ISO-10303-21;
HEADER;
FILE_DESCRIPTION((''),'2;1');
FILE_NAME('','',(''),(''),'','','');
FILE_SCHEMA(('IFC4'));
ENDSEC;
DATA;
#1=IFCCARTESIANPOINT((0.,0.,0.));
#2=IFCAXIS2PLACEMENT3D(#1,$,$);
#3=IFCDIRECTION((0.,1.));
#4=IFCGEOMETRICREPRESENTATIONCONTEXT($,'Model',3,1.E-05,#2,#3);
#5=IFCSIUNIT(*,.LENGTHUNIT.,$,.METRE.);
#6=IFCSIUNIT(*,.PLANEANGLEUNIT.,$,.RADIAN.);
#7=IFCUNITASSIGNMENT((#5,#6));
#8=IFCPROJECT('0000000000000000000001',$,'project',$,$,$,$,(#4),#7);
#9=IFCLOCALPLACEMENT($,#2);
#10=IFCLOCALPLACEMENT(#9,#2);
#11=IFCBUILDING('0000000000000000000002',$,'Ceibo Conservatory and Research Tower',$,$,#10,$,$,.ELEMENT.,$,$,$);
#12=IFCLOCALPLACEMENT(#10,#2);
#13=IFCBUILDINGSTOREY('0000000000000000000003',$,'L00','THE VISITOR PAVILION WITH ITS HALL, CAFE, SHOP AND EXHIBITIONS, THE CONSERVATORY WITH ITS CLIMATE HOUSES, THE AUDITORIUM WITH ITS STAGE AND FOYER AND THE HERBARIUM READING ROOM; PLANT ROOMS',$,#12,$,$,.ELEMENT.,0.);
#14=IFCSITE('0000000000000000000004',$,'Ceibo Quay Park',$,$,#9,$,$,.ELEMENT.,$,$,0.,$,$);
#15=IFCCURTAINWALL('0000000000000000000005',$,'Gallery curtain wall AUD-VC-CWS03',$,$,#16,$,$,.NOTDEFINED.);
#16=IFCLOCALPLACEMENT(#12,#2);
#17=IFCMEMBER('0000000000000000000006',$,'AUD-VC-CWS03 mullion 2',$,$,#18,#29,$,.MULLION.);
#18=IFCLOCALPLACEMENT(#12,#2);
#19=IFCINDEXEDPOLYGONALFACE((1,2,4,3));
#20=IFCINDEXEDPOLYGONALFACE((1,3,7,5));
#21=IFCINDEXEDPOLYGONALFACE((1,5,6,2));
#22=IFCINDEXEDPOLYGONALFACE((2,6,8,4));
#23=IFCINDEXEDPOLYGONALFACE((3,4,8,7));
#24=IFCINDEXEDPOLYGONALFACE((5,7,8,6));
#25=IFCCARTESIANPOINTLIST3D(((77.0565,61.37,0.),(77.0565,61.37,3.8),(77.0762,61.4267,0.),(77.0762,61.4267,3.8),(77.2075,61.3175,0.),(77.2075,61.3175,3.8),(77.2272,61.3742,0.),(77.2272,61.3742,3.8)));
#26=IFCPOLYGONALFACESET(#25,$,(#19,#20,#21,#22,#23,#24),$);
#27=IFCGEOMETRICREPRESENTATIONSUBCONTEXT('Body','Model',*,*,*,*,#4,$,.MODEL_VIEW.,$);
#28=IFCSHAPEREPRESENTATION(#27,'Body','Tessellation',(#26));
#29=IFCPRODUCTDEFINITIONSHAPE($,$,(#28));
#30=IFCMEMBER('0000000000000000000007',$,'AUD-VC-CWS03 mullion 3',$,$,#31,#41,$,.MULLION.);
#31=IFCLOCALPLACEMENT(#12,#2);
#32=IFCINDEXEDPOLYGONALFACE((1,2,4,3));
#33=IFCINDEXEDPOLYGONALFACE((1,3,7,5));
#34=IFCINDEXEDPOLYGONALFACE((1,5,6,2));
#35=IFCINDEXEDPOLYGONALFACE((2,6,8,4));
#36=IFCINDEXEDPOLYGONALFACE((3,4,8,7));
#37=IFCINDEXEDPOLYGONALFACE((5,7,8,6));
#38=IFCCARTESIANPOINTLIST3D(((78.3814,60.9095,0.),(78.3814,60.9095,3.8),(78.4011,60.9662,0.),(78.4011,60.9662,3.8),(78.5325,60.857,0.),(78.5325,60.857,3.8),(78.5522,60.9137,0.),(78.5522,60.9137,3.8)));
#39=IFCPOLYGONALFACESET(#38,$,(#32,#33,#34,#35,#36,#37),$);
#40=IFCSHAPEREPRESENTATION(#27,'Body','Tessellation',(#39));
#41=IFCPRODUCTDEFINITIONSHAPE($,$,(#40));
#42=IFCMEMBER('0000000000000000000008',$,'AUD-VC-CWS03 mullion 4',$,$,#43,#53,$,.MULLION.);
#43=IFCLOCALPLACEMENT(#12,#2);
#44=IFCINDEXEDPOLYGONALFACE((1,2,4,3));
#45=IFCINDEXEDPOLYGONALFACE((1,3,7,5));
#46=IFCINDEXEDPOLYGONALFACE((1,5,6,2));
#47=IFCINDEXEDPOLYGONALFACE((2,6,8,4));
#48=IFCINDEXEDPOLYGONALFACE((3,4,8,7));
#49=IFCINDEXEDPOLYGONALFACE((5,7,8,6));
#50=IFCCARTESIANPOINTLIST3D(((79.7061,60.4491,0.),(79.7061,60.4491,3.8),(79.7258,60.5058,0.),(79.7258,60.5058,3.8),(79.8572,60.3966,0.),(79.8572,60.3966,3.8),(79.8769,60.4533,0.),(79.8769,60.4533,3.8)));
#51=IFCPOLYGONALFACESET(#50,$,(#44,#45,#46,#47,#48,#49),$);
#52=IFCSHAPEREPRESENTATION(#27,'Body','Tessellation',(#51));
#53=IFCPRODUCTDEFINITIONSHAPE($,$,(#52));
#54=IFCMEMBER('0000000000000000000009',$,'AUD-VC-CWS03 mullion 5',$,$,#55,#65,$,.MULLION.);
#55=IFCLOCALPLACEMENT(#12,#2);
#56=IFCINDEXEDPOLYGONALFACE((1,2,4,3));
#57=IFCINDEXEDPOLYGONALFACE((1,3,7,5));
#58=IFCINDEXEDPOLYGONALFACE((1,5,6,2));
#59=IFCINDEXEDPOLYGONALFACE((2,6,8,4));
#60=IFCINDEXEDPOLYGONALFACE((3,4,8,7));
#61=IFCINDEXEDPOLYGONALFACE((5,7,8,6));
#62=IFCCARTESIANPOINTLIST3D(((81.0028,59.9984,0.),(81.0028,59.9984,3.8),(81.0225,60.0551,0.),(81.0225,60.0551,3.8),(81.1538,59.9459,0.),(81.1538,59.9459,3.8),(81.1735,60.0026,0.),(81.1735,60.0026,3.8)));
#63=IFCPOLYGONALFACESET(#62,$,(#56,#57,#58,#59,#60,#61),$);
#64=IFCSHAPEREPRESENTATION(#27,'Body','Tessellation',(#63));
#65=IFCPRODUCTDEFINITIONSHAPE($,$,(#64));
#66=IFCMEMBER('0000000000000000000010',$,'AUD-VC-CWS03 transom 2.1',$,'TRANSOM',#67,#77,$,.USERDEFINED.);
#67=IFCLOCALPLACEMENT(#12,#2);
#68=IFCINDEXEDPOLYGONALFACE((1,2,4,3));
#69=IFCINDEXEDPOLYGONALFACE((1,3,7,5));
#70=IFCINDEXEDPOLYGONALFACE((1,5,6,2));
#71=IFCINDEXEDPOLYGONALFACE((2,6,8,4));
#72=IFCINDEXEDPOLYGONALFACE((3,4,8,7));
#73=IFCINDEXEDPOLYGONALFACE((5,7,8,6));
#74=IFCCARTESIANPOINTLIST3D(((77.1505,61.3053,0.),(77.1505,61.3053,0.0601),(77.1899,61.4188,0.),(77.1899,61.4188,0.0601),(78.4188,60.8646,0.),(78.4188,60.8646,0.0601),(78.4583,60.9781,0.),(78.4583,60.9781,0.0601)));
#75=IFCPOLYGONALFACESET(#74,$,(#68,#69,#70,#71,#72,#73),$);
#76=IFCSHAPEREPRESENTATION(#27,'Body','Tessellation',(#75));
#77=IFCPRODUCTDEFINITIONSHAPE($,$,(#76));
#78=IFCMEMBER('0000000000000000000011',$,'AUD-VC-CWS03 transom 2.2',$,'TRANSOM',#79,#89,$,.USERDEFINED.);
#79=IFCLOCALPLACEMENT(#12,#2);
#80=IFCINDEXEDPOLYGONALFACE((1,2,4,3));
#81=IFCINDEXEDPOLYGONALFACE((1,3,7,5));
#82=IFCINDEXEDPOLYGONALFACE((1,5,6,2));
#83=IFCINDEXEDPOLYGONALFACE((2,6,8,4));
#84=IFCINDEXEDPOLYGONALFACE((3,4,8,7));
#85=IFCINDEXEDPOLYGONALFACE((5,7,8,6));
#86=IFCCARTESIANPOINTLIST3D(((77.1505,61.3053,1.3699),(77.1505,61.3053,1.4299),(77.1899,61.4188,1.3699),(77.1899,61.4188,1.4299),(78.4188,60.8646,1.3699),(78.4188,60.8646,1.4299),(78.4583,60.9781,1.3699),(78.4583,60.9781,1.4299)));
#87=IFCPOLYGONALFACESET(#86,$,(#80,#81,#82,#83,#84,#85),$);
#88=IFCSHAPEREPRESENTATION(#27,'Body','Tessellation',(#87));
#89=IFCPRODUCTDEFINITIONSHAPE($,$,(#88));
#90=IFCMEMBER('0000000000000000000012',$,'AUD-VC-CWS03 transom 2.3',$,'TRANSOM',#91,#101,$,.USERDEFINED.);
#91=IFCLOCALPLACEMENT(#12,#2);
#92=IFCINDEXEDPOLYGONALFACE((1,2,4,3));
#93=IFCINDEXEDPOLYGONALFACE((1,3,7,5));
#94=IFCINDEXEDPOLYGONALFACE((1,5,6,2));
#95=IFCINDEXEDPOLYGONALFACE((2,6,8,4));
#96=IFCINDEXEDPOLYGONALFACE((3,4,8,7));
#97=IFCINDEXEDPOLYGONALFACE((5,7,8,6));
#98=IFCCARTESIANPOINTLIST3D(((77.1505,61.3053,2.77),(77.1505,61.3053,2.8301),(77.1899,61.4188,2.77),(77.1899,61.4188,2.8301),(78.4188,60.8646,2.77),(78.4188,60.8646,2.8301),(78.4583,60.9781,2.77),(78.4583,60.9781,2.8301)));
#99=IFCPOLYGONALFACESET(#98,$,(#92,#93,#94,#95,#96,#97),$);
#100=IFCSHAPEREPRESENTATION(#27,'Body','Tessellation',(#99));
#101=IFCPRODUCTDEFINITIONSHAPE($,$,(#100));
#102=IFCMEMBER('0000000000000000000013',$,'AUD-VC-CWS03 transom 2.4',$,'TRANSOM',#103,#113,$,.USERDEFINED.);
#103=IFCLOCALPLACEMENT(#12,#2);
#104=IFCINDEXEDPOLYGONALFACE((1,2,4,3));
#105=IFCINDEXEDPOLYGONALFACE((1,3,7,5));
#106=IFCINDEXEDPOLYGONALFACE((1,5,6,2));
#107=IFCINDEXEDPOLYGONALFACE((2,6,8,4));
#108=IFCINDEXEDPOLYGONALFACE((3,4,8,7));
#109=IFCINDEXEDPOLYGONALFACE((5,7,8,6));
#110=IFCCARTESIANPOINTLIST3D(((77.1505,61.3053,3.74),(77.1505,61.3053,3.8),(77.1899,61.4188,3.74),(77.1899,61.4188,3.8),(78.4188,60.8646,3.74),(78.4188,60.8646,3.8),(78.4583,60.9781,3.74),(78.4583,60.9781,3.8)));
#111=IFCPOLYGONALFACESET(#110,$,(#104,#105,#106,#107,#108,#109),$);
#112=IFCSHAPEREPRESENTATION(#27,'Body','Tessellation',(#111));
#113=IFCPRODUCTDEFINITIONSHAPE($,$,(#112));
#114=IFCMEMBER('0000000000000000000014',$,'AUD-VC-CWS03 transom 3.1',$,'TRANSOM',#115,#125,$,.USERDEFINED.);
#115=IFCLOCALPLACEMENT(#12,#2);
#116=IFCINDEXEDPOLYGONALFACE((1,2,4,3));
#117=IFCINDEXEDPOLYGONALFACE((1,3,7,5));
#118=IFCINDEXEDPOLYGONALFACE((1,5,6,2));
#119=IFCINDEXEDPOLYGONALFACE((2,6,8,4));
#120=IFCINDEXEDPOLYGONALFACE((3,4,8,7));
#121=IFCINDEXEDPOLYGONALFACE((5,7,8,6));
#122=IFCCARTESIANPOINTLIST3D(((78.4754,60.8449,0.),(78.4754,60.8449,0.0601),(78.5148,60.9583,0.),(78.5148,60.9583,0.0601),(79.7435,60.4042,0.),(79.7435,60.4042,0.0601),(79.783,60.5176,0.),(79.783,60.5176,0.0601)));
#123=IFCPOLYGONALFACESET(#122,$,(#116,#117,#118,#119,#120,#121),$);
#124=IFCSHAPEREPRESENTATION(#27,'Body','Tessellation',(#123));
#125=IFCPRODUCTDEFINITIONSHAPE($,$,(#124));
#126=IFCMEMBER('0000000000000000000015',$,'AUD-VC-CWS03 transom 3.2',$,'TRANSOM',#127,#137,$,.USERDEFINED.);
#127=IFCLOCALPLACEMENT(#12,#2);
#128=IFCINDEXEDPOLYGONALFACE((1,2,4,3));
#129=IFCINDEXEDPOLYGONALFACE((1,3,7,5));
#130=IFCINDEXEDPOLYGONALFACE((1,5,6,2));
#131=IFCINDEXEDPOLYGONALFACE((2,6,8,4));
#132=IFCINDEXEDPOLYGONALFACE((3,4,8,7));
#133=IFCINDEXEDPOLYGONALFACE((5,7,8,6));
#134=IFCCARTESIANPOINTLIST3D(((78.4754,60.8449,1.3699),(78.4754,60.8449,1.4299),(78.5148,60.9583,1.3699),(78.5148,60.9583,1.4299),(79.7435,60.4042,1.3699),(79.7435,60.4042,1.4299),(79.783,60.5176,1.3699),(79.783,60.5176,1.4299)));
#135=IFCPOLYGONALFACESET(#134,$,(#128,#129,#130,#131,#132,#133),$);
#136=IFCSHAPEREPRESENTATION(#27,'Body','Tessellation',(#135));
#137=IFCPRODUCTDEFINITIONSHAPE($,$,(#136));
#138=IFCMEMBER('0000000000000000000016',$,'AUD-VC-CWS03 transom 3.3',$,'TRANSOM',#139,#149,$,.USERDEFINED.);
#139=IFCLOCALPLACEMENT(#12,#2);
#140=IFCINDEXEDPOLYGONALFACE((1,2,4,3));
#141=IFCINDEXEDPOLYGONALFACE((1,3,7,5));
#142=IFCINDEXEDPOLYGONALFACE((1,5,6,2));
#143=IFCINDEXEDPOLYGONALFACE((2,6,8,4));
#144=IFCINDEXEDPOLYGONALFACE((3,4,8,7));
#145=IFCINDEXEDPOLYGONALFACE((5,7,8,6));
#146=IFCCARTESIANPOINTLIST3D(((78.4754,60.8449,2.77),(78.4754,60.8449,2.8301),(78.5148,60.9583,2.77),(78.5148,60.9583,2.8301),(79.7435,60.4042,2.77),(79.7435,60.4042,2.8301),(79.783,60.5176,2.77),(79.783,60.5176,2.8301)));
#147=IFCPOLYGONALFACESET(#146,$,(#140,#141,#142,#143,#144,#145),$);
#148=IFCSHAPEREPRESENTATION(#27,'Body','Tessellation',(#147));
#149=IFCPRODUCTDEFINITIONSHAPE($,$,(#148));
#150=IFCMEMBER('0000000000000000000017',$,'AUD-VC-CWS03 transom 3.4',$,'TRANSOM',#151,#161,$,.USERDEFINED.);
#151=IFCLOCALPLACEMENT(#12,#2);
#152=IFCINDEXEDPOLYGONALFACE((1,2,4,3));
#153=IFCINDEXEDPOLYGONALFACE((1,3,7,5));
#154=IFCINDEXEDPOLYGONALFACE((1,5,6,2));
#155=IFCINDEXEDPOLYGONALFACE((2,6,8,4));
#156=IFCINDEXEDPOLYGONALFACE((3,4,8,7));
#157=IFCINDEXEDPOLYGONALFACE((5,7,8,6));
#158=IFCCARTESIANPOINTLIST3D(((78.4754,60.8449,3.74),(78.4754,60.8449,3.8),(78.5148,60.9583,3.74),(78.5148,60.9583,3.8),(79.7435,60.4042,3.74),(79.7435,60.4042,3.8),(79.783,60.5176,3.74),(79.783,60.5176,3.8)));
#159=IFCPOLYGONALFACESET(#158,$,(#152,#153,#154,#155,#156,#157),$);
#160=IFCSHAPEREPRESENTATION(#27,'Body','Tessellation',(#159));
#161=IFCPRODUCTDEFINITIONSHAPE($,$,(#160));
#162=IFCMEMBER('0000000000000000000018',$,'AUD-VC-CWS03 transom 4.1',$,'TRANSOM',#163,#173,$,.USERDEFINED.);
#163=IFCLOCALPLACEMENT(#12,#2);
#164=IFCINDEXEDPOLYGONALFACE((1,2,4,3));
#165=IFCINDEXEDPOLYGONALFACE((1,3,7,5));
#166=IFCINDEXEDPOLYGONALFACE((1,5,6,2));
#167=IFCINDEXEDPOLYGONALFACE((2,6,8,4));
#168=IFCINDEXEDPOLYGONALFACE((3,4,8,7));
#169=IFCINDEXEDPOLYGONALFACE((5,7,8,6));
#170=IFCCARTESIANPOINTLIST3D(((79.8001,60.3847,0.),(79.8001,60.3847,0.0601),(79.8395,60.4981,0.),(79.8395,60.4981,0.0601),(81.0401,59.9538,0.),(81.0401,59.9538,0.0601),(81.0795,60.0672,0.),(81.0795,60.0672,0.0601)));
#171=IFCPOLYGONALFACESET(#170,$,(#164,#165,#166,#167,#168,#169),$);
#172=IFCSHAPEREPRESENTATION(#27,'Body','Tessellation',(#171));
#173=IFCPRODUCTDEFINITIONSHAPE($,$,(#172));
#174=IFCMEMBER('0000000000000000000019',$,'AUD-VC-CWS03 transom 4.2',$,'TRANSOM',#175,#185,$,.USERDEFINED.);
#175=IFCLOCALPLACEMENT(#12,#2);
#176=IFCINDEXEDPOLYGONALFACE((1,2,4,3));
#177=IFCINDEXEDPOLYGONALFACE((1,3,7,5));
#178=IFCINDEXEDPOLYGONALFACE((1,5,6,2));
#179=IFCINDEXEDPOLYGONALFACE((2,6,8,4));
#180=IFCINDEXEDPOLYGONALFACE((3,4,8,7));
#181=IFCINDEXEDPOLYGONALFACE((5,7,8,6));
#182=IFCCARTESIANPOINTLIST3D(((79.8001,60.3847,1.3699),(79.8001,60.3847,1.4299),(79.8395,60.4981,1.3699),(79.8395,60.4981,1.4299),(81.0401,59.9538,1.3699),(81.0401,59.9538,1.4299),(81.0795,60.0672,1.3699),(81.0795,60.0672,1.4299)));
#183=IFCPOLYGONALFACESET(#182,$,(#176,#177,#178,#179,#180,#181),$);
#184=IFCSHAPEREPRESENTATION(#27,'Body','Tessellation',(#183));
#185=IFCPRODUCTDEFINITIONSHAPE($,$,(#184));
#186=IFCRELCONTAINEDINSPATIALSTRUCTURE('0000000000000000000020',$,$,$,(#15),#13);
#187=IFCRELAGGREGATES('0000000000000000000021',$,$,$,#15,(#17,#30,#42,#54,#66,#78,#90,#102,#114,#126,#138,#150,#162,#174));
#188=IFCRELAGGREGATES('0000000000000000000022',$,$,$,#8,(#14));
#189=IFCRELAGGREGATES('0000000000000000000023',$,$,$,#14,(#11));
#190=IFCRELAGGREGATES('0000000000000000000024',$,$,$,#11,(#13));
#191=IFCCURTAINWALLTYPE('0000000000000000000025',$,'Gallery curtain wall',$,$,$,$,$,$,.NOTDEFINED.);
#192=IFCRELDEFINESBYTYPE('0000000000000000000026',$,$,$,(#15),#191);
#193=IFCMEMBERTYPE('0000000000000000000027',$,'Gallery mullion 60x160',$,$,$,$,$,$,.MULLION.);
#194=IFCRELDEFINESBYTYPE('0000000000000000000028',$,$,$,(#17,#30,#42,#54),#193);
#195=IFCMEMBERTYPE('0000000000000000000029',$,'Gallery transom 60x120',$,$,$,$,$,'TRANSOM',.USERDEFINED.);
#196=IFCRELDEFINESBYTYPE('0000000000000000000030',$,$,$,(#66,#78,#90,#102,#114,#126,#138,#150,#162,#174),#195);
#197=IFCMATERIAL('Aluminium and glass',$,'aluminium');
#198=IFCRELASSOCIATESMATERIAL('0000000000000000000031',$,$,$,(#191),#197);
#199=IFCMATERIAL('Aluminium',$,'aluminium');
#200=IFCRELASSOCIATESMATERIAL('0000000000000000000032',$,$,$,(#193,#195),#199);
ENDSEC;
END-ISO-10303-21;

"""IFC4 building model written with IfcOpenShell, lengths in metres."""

from ifc_helpers import new_model, si_unit, direction, frame, origin, origin_2d, place, context, subcontext, project, spatial, rectangle, extrude, material, material_profile, profile_set, type_object, element, aggregate, save


model = new_model("IFC4")

# Units and contexts
model_context = context("Model", 3, precision=1e-05, world=origin(), true_north=direction((0.0, 1.0)))
body_context = subcontext(model_context, "Body", "Model", "MODEL_VIEW")
ifc_project = project(units=[si_unit("LENGTHUNIT", "METRE"), si_unit("PLANEANGLEUNIT", "RADIAN")], contexts=[model_context])

# Site, building, storey
site_placement = place(None, origin())
site = spatial("IfcSite", under=ifc_project, at=site_placement, Name="Ceibo Quay Park", CompositionType="ELEMENT", RefElevation=0.0)
building_placement = place(site_placement, origin())
building = spatial("IfcBuilding", under=site, at=building_placement, Name="Ceibo Conservatory and Research Tower", CompositionType="ELEMENT")
storey_placement = place(building_placement, origin())
storey = spatial("IfcBuildingStorey", under=building, at=storey_placement, Name="L00", Description="THE VISITOR PAVILION WITH ITS HALL, CAFE, SHOP AND EXHIBITIONS, THE CONSERVATORY WITH ITS CLIMATE HOUSES, THE AUDITORIUM WITH ITS STAGE AND FOYER AND THE HERBARIUM READING ROOM; PLANT ROOMS", CompositionType="ELEMENT", Elevation=0.0)

# Curtain wall, members
ifc_material_1 = material(Name="Aluminium and glass", Category="aluminium")
curtain_wall_type = type_object("IfcCurtainWallType", Name="Gallery curtain wall", PredefinedType="NOTDEFINED", material=ifc_material_1)
curtain_wall_1_placement = place(storey_placement, origin())
curtain_wall_1 = element("IfcCurtainWall", 1, at=curtain_wall_1_placement, inside=storey, type_object=curtain_wall_type, Name="Gallery curtain wall AUD-VC-CWS03", PredefinedType="NOTDEFINED")
ifc_material_2 = material(Name="Aluminium", Category="aluminium")
ifc_material_profile_1 = material_profile(ifc_material_2, rectangle(XDim=0.0601, YDim=0.1599, at=origin_2d()), Name="AL 60x160")
ifc_profile_set_1 = profile_set([ifc_material_profile_1], Name="Aluminium")
member_type_1 = type_object("IfcMemberType", Name="Gallery mullion 60x160", PredefinedType="MULLION", material=ifc_profile_set_1)
member_1_placement = place(storey_placement, frame((77.1418, 61.3721, 0.0), z_axis=(0.0, 0.0, 1.0), x_axis=(0.328284, 0.944579, 0.0)))
member_1 = element("IfcMember", 2, at=member_1_placement, type_object=member_type_1, Name="AUD-VC-CWS03 mullion 2", PredefinedType="MULLION", context=body_context, shape_type="SweptSolid", body=[
    extrude(rectangle(XDim=0.0601, YDim=0.1599, at=origin_2d()), origin(), (0.0, 0.0, 1.0), 3.8),
])
member_2_placement = place(storey_placement, frame((78.4668, 60.9116, 0.0), z_axis=(0.0, 0.0, 1.0), x_axis=(0.328284, 0.944579, 0.0)))
member_2 = element("IfcMember", 3, at=member_2_placement, type_object=member_type_1, Name="AUD-VC-CWS03 mullion 3", PredefinedType="MULLION", context=body_context, shape_type="SweptSolid", body=[
    extrude(rectangle(XDim=0.0601, YDim=0.1599, at=origin_2d()), origin(), (0.0, 0.0, 1.0), 3.8),
])
member_3_placement = place(storey_placement, frame((79.7915, 60.4512, 0.0), z_axis=(0.0, 0.0, 1.0), x_axis=(0.328284, 0.944579, 0.0)))
member_3 = element("IfcMember", 4, at=member_3_placement, type_object=member_type_1, Name="AUD-VC-CWS03 mullion 4", PredefinedType="MULLION", context=body_context, shape_type="SweptSolid", body=[
    extrude(rectangle(XDim=0.0601, YDim=0.1599, at=origin_2d()), origin(), (0.0, 0.0, 1.0), 3.8),
])
member_4_placement = place(storey_placement, frame((81.0881, 60.0005, 0.0), z_axis=(0.0, 0.0, 1.0), x_axis=(0.328284, 0.944579, 0.0)))
member_4 = element("IfcMember", 5, at=member_4_placement, type_object=member_type_1, Name="AUD-VC-CWS03 mullion 5", PredefinedType="MULLION", context=body_context, shape_type="SweptSolid", body=[
    extrude(rectangle(XDim=0.0601, YDim=0.1599, at=origin_2d()), origin(), (0.0, 0.0, 1.0), 3.8),
])
ifc_material_profile_2 = material_profile(ifc_material_2, rectangle(XDim=0.1201, YDim=0.0601, at=origin_2d()), Name="AL 60x120")
ifc_profile_set_2 = profile_set([ifc_material_profile_2], Name="Aluminium")
member_type_2 = type_object("IfcMemberType", Name="Gallery transom 60x120", ElementType="TRANSOM", PredefinedType="USERDEFINED", material=ifc_profile_set_2)
member_5_placement = place(storey_placement, frame((77.1702, 61.3621, 0.03), z_axis=(0.944607, -0.328203, 0.0), x_axis=(0.328203, 0.944607, 0.0)))
member_5 = element("IfcMember", 6, at=member_5_placement, type_object=member_type_2, Name="AUD-VC-CWS03 transom 2.1", ObjectType="TRANSOM", PredefinedType="USERDEFINED", context=body_context, shape_type="SweptSolid", body=[
    extrude(rectangle(XDim=0.1201, YDim=0.0601, at=origin_2d()), origin(), (0.0, 0.0, 1.0), 1.3428),
])
member_6_placement = place(storey_placement, frame((77.1702, 61.3621, 1.3999), z_axis=(0.944607, -0.328203, 0.0), x_axis=(0.328203, 0.944607, 0.0)))
member_6 = element("IfcMember", 7, at=member_6_placement, type_object=member_type_2, Name="AUD-VC-CWS03 transom 2.2", ObjectType="TRANSOM", PredefinedType="USERDEFINED", context=body_context, shape_type="SweptSolid", body=[
    extrude(rectangle(XDim=0.1201, YDim=0.0601, at=origin_2d()), origin(), (0.0, 0.0, 1.0), 1.3428),
])
member_7_placement = place(storey_placement, frame((77.1702, 61.3621, 2.8), z_axis=(0.944607, -0.328203, 0.0), x_axis=(0.328203, 0.944607, 0.0)))
member_7 = element("IfcMember", 8, at=member_7_placement, type_object=member_type_2, Name="AUD-VC-CWS03 transom 2.3", ObjectType="TRANSOM", PredefinedType="USERDEFINED", context=body_context, shape_type="SweptSolid", body=[
    extrude(rectangle(XDim=0.1201, YDim=0.0601, at=origin_2d()), origin(), (0.0, 0.0, 1.0), 1.3428),
])
member_8_placement = place(storey_placement, frame((77.1702, 61.3621, 3.77), z_axis=(0.944607, -0.328203, 0.0), x_axis=(0.328203, 0.944607, 0.0)))
member_8 = element("IfcMember", 9, at=member_8_placement, type_object=member_type_2, Name="AUD-VC-CWS03 transom 2.4", ObjectType="TRANSOM", PredefinedType="USERDEFINED", context=body_context, shape_type="SweptSolid", body=[
    extrude(rectangle(XDim=0.1201, YDim=0.0601, at=origin_2d()), origin(), (0.0, 0.0, 1.0), 1.3428),
])
member_9_placement = place(storey_placement, frame((78.4951, 60.9016, 0.03), z_axis=(0.944588, -0.32826, 0.0), x_axis=(0.32826, 0.944588, 0.0)))
member_9 = element("IfcMember", 10, at=member_9_placement, type_object=member_type_2, Name="AUD-VC-CWS03 transom 3.1", ObjectType="TRANSOM", PredefinedType="USERDEFINED", context=body_context, shape_type="SweptSolid", body=[
    extrude(rectangle(XDim=0.1201, YDim=0.0601, at=origin_2d()), origin(), (0.0, 0.0, 1.0), 1.3425),
])
member_10_placement = place(storey_placement, frame((78.4951, 60.9016, 1.3999), z_axis=(0.944588, -0.32826, 0.0), x_axis=(0.32826, 0.944588, 0.0)))
member_10 = element("IfcMember", 11, at=member_10_placement, type_object=member_type_2, Name="AUD-VC-CWS03 transom 3.2", ObjectType="TRANSOM", PredefinedType="USERDEFINED", context=body_context, shape_type="SweptSolid", body=[
    extrude(rectangle(XDim=0.1201, YDim=0.0601, at=origin_2d()), origin(), (0.0, 0.0, 1.0), 1.3425),
])
member_11_placement = place(storey_placement, frame((78.4951, 60.9016, 2.8), z_axis=(0.944588, -0.32826, 0.0), x_axis=(0.32826, 0.944588, 0.0)))
member_11 = element("IfcMember", 12, at=member_11_placement, type_object=member_type_2, Name="AUD-VC-CWS03 transom 3.3", ObjectType="TRANSOM", PredefinedType="USERDEFINED", context=body_context, shape_type="SweptSolid", body=[
    extrude(rectangle(XDim=0.1201, YDim=0.0601, at=origin_2d()), origin(), (0.0, 0.0, 1.0), 1.3425),
])
member_12_placement = place(storey_placement, frame((78.4951, 60.9016, 3.77), z_axis=(0.944588, -0.32826, 0.0), x_axis=(0.32826, 0.944588, 0.0)))
member_12 = element("IfcMember", 13, at=member_12_placement, type_object=member_type_2, Name="AUD-VC-CWS03 transom 3.4", ObjectType="TRANSOM", PredefinedType="USERDEFINED", context=body_context, shape_type="SweptSolid", body=[
    extrude(rectangle(XDim=0.1201, YDim=0.0601, at=origin_2d()), origin(), (0.0, 0.0, 1.0), 1.3425),
])
member_13_placement = place(storey_placement, frame((79.8198, 60.4414, 0.03), z_axis=(0.94459, -0.328254, 0.0), x_axis=(0.328254, 0.94459, 0.0)))
member_13 = element("IfcMember", 14, at=member_13_placement, type_object=member_type_2, Name="AUD-VC-CWS03 transom 4.1", ObjectType="TRANSOM", PredefinedType="USERDEFINED", context=body_context, shape_type="SweptSolid", body=[
    extrude(rectangle(XDim=0.1201, YDim=0.0601, at=origin_2d()), origin(), (0.0, 0.0, 1.0), 1.3127),
])
member_14_placement = place(storey_placement, frame((79.8198, 60.4414, 1.3999), z_axis=(0.94459, -0.328254, 0.0), x_axis=(0.328254, 0.94459, 0.0)))
member_14 = element("IfcMember", 15, at=member_14_placement, type_object=member_type_2, Name="AUD-VC-CWS03 transom 4.2", ObjectType="TRANSOM", PredefinedType="USERDEFINED", context=body_context, shape_type="SweptSolid", body=[
    extrude(rectangle(XDim=0.1201, YDim=0.0601, at=origin_2d()), origin(), (0.0, 0.0, 1.0), 1.3127),
])

aggregate(curtain_wall_1, [member_1, member_2, member_3, member_4, member_5, member_6, member_7, member_8, member_9, member_10, member_11, member_12, member_13, member_14])

save(model, "model.ifc")
